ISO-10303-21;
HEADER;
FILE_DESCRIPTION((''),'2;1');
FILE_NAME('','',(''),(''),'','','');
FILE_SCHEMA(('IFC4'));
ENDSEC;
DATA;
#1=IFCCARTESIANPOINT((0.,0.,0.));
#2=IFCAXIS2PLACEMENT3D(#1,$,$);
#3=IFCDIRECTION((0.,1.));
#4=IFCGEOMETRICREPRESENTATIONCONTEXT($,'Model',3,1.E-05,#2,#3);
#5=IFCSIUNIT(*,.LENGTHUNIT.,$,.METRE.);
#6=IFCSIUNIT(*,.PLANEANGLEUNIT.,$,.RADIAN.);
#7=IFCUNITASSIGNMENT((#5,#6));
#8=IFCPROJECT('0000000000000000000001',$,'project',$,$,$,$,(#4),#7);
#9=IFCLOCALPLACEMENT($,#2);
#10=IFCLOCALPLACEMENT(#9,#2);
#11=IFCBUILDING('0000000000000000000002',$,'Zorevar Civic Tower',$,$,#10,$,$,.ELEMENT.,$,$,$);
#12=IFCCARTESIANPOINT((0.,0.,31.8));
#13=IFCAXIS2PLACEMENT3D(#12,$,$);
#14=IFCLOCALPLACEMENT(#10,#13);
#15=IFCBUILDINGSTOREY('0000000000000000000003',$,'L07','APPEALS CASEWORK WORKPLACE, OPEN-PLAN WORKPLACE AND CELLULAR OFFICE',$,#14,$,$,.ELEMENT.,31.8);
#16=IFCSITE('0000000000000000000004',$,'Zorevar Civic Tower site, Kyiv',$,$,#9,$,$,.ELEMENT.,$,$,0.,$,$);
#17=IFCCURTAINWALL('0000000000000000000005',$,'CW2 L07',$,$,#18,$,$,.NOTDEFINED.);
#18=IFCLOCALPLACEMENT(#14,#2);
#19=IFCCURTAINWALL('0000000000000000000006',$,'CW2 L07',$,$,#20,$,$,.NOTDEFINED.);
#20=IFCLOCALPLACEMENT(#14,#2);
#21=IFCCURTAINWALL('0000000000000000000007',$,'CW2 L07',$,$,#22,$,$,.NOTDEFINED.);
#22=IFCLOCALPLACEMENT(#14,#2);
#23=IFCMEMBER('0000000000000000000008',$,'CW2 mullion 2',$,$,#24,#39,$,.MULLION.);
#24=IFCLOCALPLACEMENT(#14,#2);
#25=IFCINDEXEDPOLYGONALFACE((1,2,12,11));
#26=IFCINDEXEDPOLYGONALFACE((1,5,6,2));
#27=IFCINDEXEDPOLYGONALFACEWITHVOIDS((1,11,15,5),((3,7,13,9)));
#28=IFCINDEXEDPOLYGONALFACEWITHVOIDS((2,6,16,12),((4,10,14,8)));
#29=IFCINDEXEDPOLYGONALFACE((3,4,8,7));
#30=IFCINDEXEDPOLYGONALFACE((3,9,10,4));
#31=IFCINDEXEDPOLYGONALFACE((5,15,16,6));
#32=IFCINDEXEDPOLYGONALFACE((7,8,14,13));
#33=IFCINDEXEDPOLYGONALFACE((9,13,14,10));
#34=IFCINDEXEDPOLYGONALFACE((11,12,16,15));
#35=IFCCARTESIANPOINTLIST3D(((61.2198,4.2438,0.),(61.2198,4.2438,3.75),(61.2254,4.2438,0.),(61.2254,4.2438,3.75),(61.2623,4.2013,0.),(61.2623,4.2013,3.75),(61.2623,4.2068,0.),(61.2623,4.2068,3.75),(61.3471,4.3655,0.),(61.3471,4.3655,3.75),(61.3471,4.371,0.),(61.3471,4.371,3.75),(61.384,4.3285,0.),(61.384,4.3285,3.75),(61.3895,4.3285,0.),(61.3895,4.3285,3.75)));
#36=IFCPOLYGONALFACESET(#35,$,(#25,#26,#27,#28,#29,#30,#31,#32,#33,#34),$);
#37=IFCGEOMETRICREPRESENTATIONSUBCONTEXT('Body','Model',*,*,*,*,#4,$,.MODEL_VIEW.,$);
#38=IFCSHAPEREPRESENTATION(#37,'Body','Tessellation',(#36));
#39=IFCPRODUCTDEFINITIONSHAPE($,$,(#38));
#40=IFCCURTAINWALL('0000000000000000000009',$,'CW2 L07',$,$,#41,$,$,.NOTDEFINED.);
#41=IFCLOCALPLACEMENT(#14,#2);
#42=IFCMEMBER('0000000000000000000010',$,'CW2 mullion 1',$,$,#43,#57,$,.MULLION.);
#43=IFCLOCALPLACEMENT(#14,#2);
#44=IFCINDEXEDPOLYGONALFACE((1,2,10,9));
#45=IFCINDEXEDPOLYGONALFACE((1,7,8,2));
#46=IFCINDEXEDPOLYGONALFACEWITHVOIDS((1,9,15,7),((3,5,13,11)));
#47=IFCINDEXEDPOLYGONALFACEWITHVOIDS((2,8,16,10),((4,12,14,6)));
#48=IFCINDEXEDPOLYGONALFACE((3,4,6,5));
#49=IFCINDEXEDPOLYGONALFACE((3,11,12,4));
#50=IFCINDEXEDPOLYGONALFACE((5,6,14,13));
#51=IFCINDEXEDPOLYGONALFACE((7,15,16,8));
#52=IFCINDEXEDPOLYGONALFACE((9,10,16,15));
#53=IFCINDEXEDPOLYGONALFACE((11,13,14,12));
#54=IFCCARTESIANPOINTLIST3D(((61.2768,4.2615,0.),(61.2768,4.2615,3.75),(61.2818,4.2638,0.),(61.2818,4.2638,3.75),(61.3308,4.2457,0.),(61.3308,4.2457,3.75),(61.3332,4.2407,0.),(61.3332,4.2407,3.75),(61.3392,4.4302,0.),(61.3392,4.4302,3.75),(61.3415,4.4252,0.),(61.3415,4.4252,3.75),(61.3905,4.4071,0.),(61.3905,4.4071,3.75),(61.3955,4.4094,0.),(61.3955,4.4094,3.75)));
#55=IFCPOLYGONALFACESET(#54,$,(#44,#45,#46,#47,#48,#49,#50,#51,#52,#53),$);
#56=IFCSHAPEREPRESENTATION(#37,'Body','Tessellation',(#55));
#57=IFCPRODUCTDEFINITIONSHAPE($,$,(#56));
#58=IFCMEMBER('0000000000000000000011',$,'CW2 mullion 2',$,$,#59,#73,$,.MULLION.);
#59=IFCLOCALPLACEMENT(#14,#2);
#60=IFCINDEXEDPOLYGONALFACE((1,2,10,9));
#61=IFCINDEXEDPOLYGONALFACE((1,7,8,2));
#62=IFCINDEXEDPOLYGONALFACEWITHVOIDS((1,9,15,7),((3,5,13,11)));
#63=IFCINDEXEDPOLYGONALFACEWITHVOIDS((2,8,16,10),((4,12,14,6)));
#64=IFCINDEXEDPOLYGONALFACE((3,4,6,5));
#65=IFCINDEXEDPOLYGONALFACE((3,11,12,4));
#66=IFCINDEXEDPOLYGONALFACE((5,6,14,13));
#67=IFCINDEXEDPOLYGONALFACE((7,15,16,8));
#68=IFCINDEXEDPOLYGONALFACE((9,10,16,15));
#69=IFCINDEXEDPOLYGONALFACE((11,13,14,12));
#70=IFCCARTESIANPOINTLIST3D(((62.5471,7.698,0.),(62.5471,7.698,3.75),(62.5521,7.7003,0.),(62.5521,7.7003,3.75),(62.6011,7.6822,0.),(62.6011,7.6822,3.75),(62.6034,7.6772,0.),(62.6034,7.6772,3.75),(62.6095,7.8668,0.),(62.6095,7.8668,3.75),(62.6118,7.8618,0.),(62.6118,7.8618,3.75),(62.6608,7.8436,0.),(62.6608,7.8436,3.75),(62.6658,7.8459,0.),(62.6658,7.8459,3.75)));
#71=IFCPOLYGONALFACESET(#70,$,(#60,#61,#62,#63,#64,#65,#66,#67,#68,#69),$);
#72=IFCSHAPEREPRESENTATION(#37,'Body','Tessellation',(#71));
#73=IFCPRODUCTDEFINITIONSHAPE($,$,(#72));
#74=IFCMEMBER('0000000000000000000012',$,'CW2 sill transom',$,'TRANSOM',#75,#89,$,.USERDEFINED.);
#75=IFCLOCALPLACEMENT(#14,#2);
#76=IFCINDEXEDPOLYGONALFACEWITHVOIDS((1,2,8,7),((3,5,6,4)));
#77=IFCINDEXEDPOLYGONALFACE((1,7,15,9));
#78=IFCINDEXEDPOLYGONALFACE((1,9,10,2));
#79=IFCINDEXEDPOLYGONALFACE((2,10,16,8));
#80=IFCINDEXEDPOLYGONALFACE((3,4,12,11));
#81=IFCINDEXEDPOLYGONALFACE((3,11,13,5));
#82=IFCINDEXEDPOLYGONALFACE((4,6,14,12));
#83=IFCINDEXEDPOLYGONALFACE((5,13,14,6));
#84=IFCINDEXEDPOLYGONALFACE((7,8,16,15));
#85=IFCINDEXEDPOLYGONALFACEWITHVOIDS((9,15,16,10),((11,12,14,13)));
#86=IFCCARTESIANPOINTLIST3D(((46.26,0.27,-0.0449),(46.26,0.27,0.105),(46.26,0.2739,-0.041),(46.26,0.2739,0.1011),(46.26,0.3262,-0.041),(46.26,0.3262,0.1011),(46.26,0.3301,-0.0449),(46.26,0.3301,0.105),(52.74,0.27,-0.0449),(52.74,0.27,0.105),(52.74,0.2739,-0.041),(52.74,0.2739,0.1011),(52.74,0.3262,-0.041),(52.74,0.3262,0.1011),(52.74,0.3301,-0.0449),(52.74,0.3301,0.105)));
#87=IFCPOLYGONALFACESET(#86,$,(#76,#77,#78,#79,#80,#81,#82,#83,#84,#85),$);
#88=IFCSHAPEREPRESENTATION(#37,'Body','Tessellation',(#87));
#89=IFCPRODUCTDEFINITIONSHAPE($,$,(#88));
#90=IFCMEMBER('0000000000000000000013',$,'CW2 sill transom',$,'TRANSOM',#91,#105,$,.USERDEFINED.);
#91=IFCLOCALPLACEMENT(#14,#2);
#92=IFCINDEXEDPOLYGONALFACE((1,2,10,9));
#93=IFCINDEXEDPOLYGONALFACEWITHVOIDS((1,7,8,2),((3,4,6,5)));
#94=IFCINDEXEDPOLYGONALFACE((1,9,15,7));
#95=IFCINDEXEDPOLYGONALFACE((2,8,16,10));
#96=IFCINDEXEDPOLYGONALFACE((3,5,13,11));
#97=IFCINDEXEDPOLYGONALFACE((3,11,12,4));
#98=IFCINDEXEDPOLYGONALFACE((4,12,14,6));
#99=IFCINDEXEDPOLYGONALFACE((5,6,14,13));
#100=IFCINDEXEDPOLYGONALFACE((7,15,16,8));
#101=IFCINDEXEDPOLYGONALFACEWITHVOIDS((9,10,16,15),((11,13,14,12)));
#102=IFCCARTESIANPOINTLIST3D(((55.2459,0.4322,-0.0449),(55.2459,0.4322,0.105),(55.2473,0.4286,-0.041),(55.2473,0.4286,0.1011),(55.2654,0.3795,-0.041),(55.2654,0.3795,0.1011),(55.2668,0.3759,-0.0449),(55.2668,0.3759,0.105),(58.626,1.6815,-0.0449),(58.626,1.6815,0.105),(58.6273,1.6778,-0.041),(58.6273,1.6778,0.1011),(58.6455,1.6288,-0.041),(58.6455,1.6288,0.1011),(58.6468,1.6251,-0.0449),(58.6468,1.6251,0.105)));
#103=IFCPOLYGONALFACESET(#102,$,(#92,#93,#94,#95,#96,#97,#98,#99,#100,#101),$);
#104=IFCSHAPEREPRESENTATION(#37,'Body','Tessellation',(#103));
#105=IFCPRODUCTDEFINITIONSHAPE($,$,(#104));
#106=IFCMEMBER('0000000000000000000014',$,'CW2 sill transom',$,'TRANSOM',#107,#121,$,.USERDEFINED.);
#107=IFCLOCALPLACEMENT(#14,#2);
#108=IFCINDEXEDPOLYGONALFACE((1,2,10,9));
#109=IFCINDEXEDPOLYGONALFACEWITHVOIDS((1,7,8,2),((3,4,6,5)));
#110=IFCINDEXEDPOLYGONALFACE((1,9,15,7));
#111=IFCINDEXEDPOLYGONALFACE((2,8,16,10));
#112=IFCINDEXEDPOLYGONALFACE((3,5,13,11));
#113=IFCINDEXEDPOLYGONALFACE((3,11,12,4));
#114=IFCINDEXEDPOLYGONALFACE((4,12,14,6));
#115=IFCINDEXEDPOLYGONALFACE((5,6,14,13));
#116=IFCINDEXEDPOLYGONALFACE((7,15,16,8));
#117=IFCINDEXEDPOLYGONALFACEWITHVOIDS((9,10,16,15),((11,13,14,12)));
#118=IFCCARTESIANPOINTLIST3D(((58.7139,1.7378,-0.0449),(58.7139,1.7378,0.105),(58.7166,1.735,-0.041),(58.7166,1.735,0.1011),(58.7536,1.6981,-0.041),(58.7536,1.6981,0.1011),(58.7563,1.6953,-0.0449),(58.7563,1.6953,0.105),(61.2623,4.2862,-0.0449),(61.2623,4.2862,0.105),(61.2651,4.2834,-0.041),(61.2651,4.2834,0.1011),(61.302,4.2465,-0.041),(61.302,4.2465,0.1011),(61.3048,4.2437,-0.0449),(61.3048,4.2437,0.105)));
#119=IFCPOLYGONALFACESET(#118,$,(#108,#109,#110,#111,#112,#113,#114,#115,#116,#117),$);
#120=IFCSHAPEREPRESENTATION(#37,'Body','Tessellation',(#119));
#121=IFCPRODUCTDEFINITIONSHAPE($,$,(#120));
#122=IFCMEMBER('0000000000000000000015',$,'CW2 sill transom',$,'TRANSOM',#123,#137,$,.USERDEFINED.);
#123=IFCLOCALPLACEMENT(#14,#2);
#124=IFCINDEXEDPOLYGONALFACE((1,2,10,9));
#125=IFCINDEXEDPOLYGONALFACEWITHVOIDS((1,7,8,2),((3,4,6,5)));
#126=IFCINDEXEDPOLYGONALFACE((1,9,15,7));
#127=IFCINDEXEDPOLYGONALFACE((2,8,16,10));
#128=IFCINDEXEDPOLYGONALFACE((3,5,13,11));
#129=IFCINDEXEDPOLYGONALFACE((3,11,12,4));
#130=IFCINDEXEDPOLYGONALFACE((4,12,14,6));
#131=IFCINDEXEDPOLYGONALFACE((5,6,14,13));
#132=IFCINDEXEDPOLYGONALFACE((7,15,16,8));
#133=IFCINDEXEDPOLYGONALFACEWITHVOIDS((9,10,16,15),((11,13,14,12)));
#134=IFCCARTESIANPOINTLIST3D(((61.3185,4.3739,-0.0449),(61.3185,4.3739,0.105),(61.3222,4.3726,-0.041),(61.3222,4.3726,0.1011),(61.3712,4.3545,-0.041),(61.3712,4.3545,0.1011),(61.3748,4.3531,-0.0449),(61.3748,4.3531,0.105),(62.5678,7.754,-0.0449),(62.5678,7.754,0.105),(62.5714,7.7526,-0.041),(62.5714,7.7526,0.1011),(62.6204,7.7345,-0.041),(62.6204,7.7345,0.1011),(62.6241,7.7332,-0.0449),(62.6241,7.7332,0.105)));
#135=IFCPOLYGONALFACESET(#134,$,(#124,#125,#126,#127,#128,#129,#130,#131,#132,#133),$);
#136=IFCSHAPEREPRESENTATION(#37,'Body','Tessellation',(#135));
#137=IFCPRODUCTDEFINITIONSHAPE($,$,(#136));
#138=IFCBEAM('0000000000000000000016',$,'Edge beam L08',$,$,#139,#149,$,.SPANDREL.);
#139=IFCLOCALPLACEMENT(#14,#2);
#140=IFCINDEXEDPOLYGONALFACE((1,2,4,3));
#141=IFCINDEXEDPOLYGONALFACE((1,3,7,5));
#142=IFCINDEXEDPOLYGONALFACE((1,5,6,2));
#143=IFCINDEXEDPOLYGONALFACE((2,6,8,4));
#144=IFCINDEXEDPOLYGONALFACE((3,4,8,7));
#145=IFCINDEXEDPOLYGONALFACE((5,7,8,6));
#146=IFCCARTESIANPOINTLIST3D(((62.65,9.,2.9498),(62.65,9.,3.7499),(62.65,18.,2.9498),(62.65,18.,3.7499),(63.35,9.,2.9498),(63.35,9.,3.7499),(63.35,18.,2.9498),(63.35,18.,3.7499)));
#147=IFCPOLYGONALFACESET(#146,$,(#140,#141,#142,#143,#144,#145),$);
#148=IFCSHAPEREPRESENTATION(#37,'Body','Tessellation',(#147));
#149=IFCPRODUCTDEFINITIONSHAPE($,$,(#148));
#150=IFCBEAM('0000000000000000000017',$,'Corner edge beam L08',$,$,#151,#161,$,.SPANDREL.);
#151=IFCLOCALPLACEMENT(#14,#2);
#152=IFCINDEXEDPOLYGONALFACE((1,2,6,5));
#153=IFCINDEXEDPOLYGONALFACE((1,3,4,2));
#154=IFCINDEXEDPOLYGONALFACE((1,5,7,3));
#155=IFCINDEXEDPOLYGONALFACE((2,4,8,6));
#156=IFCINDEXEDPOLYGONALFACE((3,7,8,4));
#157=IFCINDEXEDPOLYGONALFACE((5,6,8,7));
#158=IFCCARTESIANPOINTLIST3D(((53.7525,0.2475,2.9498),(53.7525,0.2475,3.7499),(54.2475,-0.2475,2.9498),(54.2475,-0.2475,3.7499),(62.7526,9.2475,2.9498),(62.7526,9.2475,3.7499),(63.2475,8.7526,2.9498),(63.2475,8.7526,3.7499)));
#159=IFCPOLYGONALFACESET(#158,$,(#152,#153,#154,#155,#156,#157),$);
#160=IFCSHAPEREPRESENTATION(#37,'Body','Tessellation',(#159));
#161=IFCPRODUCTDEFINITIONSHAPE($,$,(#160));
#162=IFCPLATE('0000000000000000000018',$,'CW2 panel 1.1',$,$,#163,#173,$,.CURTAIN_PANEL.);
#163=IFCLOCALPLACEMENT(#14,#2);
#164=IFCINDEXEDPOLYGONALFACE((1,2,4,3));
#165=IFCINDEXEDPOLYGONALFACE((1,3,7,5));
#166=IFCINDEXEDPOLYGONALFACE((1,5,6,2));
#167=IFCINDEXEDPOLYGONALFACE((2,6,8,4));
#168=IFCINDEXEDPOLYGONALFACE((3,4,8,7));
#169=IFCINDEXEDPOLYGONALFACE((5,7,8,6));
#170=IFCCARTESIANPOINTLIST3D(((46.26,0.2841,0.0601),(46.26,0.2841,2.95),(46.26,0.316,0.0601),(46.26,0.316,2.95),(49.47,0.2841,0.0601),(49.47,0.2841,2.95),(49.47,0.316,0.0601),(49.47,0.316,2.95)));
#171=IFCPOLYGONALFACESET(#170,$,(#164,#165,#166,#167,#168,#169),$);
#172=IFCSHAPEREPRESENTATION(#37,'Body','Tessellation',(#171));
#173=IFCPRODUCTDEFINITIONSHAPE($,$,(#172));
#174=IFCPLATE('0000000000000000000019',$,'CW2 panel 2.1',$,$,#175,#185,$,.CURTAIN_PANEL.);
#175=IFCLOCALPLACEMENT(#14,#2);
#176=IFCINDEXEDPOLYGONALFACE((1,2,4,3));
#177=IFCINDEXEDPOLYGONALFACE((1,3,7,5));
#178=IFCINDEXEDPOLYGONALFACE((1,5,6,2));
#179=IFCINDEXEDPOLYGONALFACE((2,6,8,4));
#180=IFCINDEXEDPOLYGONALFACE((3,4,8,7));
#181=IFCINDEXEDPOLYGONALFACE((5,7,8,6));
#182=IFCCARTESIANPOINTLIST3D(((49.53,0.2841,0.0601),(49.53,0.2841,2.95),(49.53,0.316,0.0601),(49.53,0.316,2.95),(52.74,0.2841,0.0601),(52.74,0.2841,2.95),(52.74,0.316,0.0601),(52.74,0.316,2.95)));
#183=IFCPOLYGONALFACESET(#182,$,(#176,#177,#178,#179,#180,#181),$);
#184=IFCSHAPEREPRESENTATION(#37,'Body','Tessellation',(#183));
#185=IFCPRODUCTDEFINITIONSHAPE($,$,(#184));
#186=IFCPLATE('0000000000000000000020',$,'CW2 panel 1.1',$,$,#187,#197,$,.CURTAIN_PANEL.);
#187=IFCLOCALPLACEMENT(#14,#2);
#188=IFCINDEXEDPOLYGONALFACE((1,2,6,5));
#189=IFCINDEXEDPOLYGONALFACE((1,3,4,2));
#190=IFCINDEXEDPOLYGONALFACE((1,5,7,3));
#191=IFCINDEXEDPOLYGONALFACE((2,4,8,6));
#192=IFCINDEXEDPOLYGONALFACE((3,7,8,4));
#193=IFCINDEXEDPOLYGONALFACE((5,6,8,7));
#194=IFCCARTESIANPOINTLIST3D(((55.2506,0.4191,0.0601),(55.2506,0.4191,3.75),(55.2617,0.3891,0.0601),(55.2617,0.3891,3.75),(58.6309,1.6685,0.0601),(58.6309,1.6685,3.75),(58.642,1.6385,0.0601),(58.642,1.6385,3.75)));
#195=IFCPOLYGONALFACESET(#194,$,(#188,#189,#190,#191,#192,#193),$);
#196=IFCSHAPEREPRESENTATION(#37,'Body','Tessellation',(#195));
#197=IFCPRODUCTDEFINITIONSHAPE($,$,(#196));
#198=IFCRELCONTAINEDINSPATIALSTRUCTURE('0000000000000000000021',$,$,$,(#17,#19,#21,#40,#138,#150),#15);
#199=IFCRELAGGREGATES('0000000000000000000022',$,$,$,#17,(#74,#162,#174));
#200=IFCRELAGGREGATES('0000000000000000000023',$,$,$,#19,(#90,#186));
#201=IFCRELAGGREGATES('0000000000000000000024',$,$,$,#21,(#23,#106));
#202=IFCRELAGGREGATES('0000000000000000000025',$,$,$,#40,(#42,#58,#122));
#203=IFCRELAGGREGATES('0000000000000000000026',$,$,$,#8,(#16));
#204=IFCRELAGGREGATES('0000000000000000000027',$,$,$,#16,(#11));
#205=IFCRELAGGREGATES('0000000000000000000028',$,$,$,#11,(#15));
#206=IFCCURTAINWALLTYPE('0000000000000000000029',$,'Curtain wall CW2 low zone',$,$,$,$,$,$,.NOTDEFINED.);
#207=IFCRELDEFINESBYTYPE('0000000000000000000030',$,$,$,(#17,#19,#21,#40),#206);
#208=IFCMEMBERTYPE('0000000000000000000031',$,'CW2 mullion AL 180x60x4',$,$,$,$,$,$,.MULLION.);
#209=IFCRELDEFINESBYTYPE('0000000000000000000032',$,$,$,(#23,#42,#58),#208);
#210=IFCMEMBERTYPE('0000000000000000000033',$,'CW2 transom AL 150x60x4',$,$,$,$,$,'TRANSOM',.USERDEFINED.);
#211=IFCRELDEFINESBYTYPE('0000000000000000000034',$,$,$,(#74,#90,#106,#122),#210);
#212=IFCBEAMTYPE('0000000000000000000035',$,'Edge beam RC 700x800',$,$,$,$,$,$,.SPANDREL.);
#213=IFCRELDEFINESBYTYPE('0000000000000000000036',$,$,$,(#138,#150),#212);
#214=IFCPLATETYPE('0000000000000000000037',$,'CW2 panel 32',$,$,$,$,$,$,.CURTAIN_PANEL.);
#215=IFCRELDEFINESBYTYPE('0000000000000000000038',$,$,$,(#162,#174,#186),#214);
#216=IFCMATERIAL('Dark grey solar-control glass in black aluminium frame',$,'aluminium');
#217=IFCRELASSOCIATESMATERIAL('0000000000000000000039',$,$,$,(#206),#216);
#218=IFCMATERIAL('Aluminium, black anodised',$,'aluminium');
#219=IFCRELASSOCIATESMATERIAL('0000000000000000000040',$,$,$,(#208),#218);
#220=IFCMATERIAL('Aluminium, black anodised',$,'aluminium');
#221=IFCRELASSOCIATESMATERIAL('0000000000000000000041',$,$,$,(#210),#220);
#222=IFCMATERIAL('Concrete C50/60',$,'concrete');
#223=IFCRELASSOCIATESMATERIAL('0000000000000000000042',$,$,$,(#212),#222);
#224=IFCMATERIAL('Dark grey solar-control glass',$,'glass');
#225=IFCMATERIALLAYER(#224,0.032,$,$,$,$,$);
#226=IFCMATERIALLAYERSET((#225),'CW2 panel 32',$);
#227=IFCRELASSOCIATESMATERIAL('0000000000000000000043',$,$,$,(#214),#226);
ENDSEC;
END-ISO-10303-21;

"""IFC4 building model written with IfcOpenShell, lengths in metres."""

from ifc_helpers import new_model, si_unit, direction, frame, origin, origin_2d, place, context, subcontext, project, spatial, rectangle, hollow_rectangle, extrude, material, layer, layer_set, material_profile, profile_set, type_object, element, aggregate, save


model = new_model("IFC4")

# Units and contexts
model_context = context("Model", 3, precision=1e-05, world=origin(), true_north=direction((0.0, 1.0)))
body_context = subcontext(model_context, "Body", "Model", "MODEL_VIEW")
ifc_project = project(units=[si_unit("LENGTHUNIT", "METRE"), si_unit("PLANEANGLEUNIT", "RADIAN")], contexts=[model_context])

# Site, building, storey
site_placement = place(None, origin())
site = spatial("IfcSite", under=ifc_project, at=site_placement, Name="Zorevar Civic Tower site, Kyiv", CompositionType="ELEMENT", RefElevation=0.0)
building_placement = place(site_placement, origin())
building = spatial("IfcBuilding", under=site, at=building_placement, Name="Zorevar Civic Tower", CompositionType="ELEMENT")
storey_placement = place(building_placement, frame((0.0, 0.0, 31.8)))
storey = spatial("IfcBuildingStorey", under=building, at=storey_placement, Name="L07", Description="APPEALS CASEWORK WORKPLACE, OPEN-PLAN WORKPLACE AND CELLULAR OFFICE", CompositionType="ELEMENT", Elevation=31.8)

# Curtain walls, members
ifc_material_1 = material(Name="Dark grey solar-control glass in black aluminium frame", Category="aluminium")
curtain_wall_type = type_object("IfcCurtainWallType", Name="Curtain wall CW2 low zone", PredefinedType="NOTDEFINED", material=ifc_material_1)
curtain_wall_1_placement = place(storey_placement, origin())
curtain_wall_1 = element("IfcCurtainWall", 1, at=curtain_wall_1_placement, inside=storey, type_object=curtain_wall_type, Name="CW2 L07", PredefinedType="NOTDEFINED")
ifc_material_2 = material(Name="Aluminium, black anodised", Category="aluminium")
ifc_material_profile_1 = material_profile(ifc_material_2, hollow_rectangle(XDim=0.0601, YDim=0.1799, WallThickness=0.0039, at=origin_2d()), Name="AL 180x60x4")
ifc_profile_set_1 = profile_set([ifc_material_profile_1], Name="Aluminium, black anodised")
member_type_1 = type_object("IfcMemberType", Name="CW2 mullion AL 180x60x4", PredefinedType="MULLION", material=ifc_profile_set_1)
curtain_wall_2_placement = place(storey_placement, origin())
curtain_wall_2 = element("IfcCurtainWall", 2, at=curtain_wall_2_placement, inside=storey, type_object=curtain_wall_type, Name="CW2 L07", PredefinedType="NOTDEFINED")
curtain_wall_3_placement = place(storey_placement, origin())
curtain_wall_3 = element("IfcCurtainWall", 3, at=curtain_wall_3_placement, inside=storey, type_object=curtain_wall_type, Name="CW2 L07", PredefinedType="NOTDEFINED")
member_1_placement = place(storey_placement, frame((61.3047, 4.2861, 0.0), z_axis=(0.0, 0.0, 1.0), x_axis=(-0.707107, 0.707107, 0.0)))
member_1 = element("IfcMember", 4, at=member_1_placement, type_object=member_type_1, Name="CW2 mullion 2", PredefinedType="MULLION", context=body_context, shape_type="SweptSolid", body=[
    extrude(hollow_rectangle(XDim=0.0601, YDim=0.1799, WallThickness=0.0039, at=origin_2d()), origin(), (0.0, 0.0, 1.0), 3.75),
])
curtain_wall_4_placement = place(storey_placement, origin())
curtain_wall_4 = element("IfcCurtainWall", 5, at=curtain_wall_4_placement, inside=storey, type_object=curtain_wall_type, Name="CW2 L07", PredefinedType="NOTDEFINED")
member_2_placement = place(storey_placement, frame((61.3362, 4.3354, 0.0), z_axis=(0.0, 0.0, 1.0), x_axis=(-0.937975, 0.346704, 0.0)))
member_2 = element("IfcMember", 6, at=member_2_placement, type_object=member_type_1, Name="CW2 mullion 1", PredefinedType="MULLION", context=body_context, shape_type="SweptSolid", body=[
    extrude(hollow_rectangle(XDim=0.0601, YDim=0.1799, WallThickness=0.0039, at=origin_2d()), origin(), (0.0, 0.0, 1.0), 3.75),
])
member_3_placement = place(storey_placement, frame((62.6064, 7.772, 0.0), z_axis=(0.0, 0.0, 1.0), x_axis=(-0.937975, 0.346704, 0.0)))
member_3 = element("IfcMember", 7, at=member_3_placement, type_object=member_type_1, Name="CW2 mullion 2", PredefinedType="MULLION", context=body_context, shape_type="SweptSolid", body=[
    extrude(hollow_rectangle(XDim=0.0601, YDim=0.1799, WallThickness=0.0039, at=origin_2d()), origin(), (0.0, 0.0, 1.0), 3.75),
])

# Members
ifc_material_3 = material(Name="Aluminium, black anodised", Category="aluminium")
ifc_material_profile_2 = material_profile(ifc_material_3, hollow_rectangle(XDim=0.0601, YDim=0.1499, WallThickness=0.0039, at=origin_2d()), Name="AL 150x60x4")
ifc_profile_set_2 = profile_set([ifc_material_profile_2], Name="Aluminium, black anodised")
member_type_2 = type_object("IfcMemberType", Name="CW2 transom AL 150x60x4", ElementType="TRANSOM", PredefinedType="USERDEFINED", material=ifc_profile_set_2)
member_4_placement = place(storey_placement, frame((46.26, 0.3, 0.03), z_axis=(1.0, 0.0, 0.0), x_axis=(0.0, 1.0, 0.0)))
member_4 = element("IfcMember", 8, at=member_4_placement, type_object=member_type_2, Name="CW2 sill transom", ObjectType="TRANSOM", PredefinedType="USERDEFINED", context=body_context, shape_type="SweptSolid", body=[
    extrude(hollow_rectangle(XDim=0.0601, YDim=0.1499, WallThickness=0.0039, at=origin_2d()), origin(), (0.0, 0.0, 1.0), 6.48),
])
member_5_placement = place(storey_placement, frame((55.2563, 0.4041, 0.03), z_axis=(0.937986, 0.346672, 0.0), x_axis=(-0.346672, 0.937986, 0.0)))
member_5 = element("IfcMember", 9, at=member_5_placement, type_object=member_type_2, Name="CW2 sill transom", ObjectType="TRANSOM", PredefinedType="USERDEFINED", context=body_context, shape_type="SweptSolid", body=[
    extrude(hollow_rectangle(XDim=0.0601, YDim=0.1499, WallThickness=0.0039, at=origin_2d()), origin(), (0.0, 0.0, 1.0), 3.6035),
])
member_6_placement = place(storey_placement, frame((58.7351, 1.7166, 0.03), z_axis=(0.707107, 0.707107, 0.0), x_axis=(-0.707107, 0.707107, 0.0)))
member_6 = element("IfcMember", 10, at=member_6_placement, type_object=member_type_2, Name="CW2 sill transom", ObjectType="TRANSOM", PredefinedType="USERDEFINED", context=body_context, shape_type="SweptSolid", body=[
    extrude(hollow_rectangle(XDim=0.0601, YDim=0.1499, WallThickness=0.0039, at=origin_2d()), origin(), (0.0, 0.0, 1.0), 3.604),
])
member_7_placement = place(storey_placement, frame((61.3467, 4.3635, 0.03), z_axis=(0.346672, 0.937986, 0.0), x_axis=(-0.937986, 0.346672, 0.0)))
member_7 = element("IfcMember", 11, at=member_7_placement, type_object=member_type_2, Name="CW2 sill transom", ObjectType="TRANSOM", PredefinedType="USERDEFINED", context=body_context, shape_type="SweptSolid", body=[
    extrude(hollow_rectangle(XDim=0.0601, YDim=0.1499, WallThickness=0.0039, at=origin_2d()), origin(), (0.0, 0.0, 1.0), 3.6035),
])

# Beams
ifc_material_4 = material(Name="Concrete C50/60", Category="concrete")
ifc_material_profile_3 = material_profile(ifc_material_4, rectangle(XDim=0.7, YDim=0.8, at=origin_2d()), Name="RC 700x800")
ifc_profile_set_3 = profile_set([ifc_material_profile_3], Name="Concrete C50/60")
beam_type_1 = type_object("IfcBeamType", Name="Edge beam RC 700x800", PredefinedType="SPANDREL", material=ifc_profile_set_3)
beam_1_placement = place(storey_placement, frame((63.0, 9.0, 3.3499), z_axis=(0.0, 1.0, 0.0), x_axis=(-1.0, 0.0, 0.0)))
element("IfcBeam", 12, at=beam_1_placement, inside=storey, type_object=beam_type_1, Name="Edge beam L08", PredefinedType="SPANDREL", context=body_context, shape_type="SweptSolid", body=[
    extrude(rectangle(XDim=0.7, YDim=0.8, at=origin_2d()), origin(), (0.0, 0.0, 1.0), 9.0),
])
beam_2_placement = place(storey_placement, frame((54.0, 0.0, 3.3499), z_axis=(0.707107, 0.707107, 0.0), x_axis=(-0.707107, 0.707107, 0.0)))
element("IfcBeam", 13, at=beam_2_placement, inside=storey, type_object=beam_type_1, Name="Corner edge beam L08", PredefinedType="SPANDREL", context=body_context, shape_type="SweptSolid", body=[
    extrude(rectangle(XDim=0.7, YDim=0.8, at=origin_2d()), origin(), (0.0, 0.0, 1.0), 12.728),
])

# Plates
ifc_material_5 = material(Name="Dark grey solar-control glass", Category="glass")
ifc_layer_1 = layer(ifc_material_5, 0.032)
ifc_layer_set_1 = layer_set([ifc_layer_1], Name="CW2 panel 32")
plate_type = type_object("IfcPlateType", Name="CW2 panel 32", PredefinedType="CURTAIN_PANEL", material=ifc_layer_set_1)
plate_1_placement = place(storey_placement, frame((47.865, 0.3, 0.0601), z_axis=(0.0, 0.0, 1.0), x_axis=(1.0, 0.0, 0.0)))
plate_1 = element("IfcPlate", 14, at=plate_1_placement, type_object=plate_type, Name="CW2 panel 1.1", PredefinedType="CURTAIN_PANEL", context=body_context, shape_type="SweptSolid", body=[
    extrude(rectangle(XDim=3.21, YDim=0.032, at=origin_2d()), origin(), (0.0, 0.0, 1.0), 2.8899),
])
plate_2_placement = place(storey_placement, frame((51.135, 0.3, 0.0601), z_axis=(0.0, 0.0, 1.0), x_axis=(1.0, 0.0, 0.0)))
plate_2 = element("IfcPlate", 15, at=plate_2_placement, type_object=plate_type, Name="CW2 panel 2.1", PredefinedType="CURTAIN_PANEL", context=body_context, shape_type="SweptSolid", body=[
    extrude(rectangle(XDim=3.21, YDim=0.032, at=origin_2d()), origin(), (0.0, 0.0, 1.0), 2.8899),
])
aggregate(curtain_wall_1, [member_4, plate_1, plate_2])
plate_3_placement = place(storey_placement, frame((56.9463, 1.0288, 0.0601), z_axis=(0.0, 0.0, 1.0), x_axis=(0.937975, 0.346704, 0.0)))
plate_3 = element("IfcPlate", 16, at=plate_3_placement, type_object=plate_type, Name="CW2 panel 1.1", PredefinedType="CURTAIN_PANEL", context=body_context, shape_type="SweptSolid", body=[
    extrude(rectangle(XDim=3.6038, YDim=0.032, at=origin_2d()), origin(), (0.0, 0.0, 1.0), 3.6899),
])
aggregate(curtain_wall_2, [member_5, plate_3])
aggregate(curtain_wall_3, [member_1, member_6])
aggregate(curtain_wall_4, [member_2, member_3, member_7])

save(model, "model.ifc")
